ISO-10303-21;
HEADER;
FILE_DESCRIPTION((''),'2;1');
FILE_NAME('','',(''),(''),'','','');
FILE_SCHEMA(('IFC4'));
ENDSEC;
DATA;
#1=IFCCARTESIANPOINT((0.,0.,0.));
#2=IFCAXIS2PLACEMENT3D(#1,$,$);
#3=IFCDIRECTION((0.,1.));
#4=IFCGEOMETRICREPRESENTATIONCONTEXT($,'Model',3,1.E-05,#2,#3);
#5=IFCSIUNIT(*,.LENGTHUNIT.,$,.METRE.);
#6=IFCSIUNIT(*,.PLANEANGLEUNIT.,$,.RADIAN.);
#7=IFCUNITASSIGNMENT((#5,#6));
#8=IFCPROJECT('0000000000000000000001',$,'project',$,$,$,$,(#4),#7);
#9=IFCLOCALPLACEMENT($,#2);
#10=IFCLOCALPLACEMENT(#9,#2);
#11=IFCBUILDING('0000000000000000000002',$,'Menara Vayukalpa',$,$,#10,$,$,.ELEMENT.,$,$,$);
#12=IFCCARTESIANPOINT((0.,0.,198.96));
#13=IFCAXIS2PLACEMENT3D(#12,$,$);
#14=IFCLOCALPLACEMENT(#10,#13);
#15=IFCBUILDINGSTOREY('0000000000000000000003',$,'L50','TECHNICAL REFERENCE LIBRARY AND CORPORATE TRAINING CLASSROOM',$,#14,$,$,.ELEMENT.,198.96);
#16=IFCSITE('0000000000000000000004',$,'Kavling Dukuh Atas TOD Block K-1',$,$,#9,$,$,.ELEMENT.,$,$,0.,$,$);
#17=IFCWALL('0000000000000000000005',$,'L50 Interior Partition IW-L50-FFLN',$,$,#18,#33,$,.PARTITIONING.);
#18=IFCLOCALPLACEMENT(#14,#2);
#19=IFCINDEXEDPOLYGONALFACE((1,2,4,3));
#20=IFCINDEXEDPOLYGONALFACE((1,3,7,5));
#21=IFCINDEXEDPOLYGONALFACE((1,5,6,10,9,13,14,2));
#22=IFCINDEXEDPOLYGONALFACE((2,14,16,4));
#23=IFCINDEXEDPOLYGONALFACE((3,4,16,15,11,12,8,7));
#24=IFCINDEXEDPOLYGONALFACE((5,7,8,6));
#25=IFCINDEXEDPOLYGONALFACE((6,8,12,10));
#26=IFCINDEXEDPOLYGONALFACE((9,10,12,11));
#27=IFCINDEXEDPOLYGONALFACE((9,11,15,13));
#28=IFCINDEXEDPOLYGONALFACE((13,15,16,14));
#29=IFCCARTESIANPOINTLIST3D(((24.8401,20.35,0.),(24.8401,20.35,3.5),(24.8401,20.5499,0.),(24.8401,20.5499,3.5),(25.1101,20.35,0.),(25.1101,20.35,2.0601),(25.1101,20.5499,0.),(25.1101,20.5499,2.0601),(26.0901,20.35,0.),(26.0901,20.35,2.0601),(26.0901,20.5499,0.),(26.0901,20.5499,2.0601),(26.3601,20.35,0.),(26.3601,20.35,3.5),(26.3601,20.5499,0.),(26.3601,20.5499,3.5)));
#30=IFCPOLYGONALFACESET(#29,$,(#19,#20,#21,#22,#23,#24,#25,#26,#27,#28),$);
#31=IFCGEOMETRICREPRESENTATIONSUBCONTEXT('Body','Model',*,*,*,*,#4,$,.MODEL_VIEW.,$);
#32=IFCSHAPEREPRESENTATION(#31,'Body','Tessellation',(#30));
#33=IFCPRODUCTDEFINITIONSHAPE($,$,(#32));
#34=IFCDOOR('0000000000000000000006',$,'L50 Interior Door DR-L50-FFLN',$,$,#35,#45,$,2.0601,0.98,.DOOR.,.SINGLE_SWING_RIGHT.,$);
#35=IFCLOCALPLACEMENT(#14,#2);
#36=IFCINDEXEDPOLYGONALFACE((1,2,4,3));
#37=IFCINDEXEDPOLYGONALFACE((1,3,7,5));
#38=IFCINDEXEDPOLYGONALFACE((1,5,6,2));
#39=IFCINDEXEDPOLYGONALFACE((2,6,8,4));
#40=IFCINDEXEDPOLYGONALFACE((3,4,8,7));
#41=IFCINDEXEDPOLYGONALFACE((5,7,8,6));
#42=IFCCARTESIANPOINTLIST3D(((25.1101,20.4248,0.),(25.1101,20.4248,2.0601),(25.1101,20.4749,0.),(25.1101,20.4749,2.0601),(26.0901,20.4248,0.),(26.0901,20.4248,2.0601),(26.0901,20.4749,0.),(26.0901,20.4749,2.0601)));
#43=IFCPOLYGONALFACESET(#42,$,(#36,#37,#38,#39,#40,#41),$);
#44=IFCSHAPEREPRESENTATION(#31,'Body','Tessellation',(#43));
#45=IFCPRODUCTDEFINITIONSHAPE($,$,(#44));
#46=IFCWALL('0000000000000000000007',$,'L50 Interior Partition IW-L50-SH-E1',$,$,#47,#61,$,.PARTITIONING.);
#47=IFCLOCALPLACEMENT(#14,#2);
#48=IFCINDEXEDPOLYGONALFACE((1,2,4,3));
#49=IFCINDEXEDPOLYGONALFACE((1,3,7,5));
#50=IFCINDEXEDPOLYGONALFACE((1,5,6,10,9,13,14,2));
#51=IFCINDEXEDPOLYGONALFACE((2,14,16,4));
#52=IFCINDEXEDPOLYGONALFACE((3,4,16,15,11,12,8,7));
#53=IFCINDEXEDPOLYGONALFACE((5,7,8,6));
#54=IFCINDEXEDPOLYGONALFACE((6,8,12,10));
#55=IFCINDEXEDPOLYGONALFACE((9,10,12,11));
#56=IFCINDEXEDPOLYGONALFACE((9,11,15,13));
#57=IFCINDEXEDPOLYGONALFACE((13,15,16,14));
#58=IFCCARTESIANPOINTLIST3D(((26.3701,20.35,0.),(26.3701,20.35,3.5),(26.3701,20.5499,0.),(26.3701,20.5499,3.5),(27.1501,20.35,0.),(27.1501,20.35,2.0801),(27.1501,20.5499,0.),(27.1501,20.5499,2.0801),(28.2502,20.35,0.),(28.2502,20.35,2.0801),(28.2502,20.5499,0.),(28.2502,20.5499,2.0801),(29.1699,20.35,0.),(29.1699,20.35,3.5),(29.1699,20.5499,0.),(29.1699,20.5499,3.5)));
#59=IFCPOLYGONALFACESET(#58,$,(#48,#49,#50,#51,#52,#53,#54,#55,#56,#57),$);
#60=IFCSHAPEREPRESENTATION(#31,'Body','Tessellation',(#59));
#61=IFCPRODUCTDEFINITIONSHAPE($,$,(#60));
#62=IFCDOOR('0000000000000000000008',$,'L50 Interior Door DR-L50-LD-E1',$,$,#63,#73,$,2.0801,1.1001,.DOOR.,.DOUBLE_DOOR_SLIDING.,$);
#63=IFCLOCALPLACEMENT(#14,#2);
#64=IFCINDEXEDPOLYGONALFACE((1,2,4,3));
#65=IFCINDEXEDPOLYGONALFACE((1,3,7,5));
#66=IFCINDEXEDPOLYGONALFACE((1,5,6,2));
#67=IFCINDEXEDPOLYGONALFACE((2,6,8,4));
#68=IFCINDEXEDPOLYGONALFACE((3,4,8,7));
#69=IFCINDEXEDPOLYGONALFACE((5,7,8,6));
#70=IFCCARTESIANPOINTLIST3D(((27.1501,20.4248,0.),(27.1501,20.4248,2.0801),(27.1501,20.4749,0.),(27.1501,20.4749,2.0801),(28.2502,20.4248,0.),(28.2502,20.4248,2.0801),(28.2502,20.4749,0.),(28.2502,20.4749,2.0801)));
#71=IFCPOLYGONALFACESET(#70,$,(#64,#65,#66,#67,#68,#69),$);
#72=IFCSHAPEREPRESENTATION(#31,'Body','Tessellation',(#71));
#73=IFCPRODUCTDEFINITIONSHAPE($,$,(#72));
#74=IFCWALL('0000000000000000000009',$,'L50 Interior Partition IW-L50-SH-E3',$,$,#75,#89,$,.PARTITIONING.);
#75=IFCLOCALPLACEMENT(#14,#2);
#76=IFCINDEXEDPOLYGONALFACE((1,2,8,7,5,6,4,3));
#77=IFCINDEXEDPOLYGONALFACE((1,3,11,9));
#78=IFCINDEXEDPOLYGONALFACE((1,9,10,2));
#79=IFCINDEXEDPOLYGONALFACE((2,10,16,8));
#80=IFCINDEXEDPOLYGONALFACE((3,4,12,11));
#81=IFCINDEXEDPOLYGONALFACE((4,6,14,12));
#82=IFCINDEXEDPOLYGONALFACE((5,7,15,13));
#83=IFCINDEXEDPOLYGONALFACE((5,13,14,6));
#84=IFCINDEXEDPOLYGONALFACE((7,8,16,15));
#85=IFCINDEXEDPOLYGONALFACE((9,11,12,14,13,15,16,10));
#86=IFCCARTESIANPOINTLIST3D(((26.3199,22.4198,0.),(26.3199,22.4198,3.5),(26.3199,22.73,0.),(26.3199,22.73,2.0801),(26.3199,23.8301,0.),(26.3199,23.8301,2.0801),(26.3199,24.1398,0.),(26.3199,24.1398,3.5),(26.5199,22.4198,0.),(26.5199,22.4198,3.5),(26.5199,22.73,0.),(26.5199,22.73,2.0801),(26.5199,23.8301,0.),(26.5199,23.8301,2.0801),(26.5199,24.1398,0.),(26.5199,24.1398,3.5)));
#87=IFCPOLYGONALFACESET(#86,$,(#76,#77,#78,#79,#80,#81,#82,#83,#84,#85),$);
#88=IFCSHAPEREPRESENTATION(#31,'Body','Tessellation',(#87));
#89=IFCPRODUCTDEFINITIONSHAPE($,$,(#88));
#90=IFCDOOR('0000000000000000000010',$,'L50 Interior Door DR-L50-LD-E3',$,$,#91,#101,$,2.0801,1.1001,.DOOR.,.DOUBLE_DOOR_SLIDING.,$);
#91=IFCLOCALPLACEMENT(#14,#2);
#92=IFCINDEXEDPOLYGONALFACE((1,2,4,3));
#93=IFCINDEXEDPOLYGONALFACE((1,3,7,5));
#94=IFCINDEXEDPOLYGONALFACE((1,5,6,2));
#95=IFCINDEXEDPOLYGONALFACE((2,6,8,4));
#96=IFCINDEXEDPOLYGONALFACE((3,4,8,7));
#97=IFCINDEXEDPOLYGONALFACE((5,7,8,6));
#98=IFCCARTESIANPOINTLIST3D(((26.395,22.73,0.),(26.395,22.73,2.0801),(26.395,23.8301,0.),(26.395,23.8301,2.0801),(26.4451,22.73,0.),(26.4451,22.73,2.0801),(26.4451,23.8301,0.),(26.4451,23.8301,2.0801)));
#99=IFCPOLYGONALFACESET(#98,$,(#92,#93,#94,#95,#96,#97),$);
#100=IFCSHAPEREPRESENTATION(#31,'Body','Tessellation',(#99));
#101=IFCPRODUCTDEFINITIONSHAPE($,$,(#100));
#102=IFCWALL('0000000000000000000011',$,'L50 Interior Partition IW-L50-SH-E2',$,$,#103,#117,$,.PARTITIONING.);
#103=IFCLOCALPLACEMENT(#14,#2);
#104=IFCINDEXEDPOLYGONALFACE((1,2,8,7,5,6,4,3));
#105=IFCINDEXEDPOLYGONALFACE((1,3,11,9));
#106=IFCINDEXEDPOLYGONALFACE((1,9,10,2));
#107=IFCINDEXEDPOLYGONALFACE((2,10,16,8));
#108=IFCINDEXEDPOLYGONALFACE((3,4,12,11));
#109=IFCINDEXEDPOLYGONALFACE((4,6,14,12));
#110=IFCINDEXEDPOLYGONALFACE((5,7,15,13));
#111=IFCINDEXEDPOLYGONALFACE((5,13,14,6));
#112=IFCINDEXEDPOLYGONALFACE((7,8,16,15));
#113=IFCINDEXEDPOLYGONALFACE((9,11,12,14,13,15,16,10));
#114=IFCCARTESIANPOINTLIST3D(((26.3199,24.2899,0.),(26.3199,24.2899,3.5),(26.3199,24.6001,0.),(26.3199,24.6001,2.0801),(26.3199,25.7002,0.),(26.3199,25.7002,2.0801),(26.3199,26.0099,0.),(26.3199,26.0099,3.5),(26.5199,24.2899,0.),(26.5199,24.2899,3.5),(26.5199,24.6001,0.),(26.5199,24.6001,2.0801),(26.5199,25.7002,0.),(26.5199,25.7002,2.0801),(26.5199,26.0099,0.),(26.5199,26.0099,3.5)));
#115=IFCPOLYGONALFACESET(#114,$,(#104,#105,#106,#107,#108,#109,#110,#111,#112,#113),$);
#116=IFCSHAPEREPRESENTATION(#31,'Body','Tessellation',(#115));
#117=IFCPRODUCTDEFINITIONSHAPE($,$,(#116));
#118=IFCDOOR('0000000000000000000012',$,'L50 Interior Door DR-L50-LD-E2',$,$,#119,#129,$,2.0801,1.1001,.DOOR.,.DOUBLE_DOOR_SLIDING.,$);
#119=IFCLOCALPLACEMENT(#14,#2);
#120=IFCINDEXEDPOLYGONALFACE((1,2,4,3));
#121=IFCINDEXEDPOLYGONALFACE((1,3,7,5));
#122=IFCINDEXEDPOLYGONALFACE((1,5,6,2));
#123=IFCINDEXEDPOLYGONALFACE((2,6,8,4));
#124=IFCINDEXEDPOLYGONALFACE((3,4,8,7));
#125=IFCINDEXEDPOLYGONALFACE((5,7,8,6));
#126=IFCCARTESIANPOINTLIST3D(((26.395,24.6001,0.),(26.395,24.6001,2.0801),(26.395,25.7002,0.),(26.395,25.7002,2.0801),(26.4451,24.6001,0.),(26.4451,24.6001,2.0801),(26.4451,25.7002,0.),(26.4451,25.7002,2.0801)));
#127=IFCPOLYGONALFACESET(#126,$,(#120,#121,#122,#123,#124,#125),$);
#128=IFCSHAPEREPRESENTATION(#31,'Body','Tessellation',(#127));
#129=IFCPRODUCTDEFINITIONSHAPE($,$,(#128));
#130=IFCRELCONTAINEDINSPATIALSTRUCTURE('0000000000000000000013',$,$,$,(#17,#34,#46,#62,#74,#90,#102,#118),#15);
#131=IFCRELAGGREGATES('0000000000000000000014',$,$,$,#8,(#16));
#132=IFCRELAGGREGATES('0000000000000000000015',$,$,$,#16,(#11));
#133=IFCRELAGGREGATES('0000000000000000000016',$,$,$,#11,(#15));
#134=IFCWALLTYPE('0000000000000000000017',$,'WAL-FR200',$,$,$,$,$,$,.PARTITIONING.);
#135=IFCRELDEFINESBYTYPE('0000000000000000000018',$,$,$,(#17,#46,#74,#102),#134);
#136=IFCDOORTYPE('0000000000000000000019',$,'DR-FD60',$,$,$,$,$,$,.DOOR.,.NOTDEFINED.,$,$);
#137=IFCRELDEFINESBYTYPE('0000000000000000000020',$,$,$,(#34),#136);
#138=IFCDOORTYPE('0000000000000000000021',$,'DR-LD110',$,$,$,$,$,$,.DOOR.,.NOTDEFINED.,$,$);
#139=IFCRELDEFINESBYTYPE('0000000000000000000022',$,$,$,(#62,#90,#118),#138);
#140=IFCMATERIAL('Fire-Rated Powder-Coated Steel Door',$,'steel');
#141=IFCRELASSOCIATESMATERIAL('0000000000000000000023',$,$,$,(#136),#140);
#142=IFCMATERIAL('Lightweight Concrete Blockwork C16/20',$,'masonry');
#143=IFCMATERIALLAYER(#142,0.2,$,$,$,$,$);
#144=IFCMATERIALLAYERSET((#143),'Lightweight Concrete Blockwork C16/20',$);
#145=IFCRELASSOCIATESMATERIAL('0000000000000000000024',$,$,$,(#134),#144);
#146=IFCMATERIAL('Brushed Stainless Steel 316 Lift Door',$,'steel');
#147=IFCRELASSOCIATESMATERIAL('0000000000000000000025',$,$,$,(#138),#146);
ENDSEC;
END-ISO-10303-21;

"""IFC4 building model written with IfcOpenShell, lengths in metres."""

from ifc_helpers import new_model, si_unit, direction, frame, frame_2d, origin, place, context, subcontext, project, spatial, rectangle, extrude, material, layer, layer_set, type_object, element, fill, save


model = new_model("IFC4")

# Units and contexts
model_context = context("Model", 3, precision=1e-05, world=origin(), true_north=direction((0.0, 1.0)))
body_context = subcontext(model_context, "Body", "Model", "MODEL_VIEW")
ifc_project = project(units=[si_unit("LENGTHUNIT", "METRE"), si_unit("PLANEANGLEUNIT", "RADIAN")], contexts=[model_context])

# Site, building, storey
site_placement = place(None, origin())
site = spatial("IfcSite", under=ifc_project, at=site_placement, Name="Kavling Dukuh Atas TOD Block K-1", CompositionType="ELEMENT", RefElevation=0.0)
building_placement = place(site_placement, origin())
building = spatial("IfcBuilding", under=site, at=building_placement, Name="Menara Vayukalpa", CompositionType="ELEMENT")
storey_placement = place(building_placement, frame((0.0, 0.0, 198.96)))
storey = spatial("IfcBuildingStorey", under=building, at=storey_placement, Name="L50", Description="TECHNICAL REFERENCE LIBRARY AND CORPORATE TRAINING CLASSROOM", CompositionType="ELEMENT", Elevation=198.96)

# Walls, openings, doors
ifc_material_1 = material(Name="Fire-Rated Powder-Coated Steel Door", Category="steel")
door_type_1 = type_object("IfcDoorType", Name="DR-FD60", OperationType="NOTDEFINED", PredefinedType="DOOR", material=ifc_material_1)
ifc_material_2 = material(Name="Lightweight Concrete Blockwork C16/20", Category="masonry")
ifc_layer_1 = layer(ifc_material_2, 0.2)
ifc_layer_set_1 = layer_set([ifc_layer_1], Name="Lightweight Concrete Blockwork C16/20")
wall_type_1 = type_object("IfcWallType", Name="WAL-FR200", PredefinedType="PARTITIONING", material=ifc_layer_set_1)
wall_1_placement = place(storey_placement, frame((24.8401, 20.45, 0.0), z_axis=(0.0, 0.0, 1.0), x_axis=(1.0, 0.0, 0.0)))
wall_1 = element("IfcWall", 1, at=wall_1_placement, inside=storey, type_object=wall_type_1, Name="L50 Interior Partition IW-L50-FFLN", PredefinedType="PARTITIONING", context=body_context, shape_type="SweptSolid", body=[
    extrude(rectangle(XDim=1.52, YDim=0.2, at=frame_2d((0.76, 0.0))), origin(), (0.0, 0.0, 1.0), 3.5),
])
opening_1_placement = place(wall_1_placement, frame((0.27, 0.0, 0.0)))
opening_1 = element("IfcOpeningElement", 2, at=opening_1_placement, cuts=wall_1, PredefinedType="OPENING", context=body_context, shape_type="SweptSolid", body=[
    extrude(rectangle(XDim=0.98, YDim=2.0601, at=frame_2d((0.49, 1.03))), frame((0.0, 0.1099, 0.0), z_axis=(0.0, -1.0, 0.0), x_axis=(1.0, 0.0, 0.0)), (0.0, 0.0, 1.0), 0.22),
])
door_1_placement = place(opening_1_placement, origin())
door_1 = element("IfcDoor", 3, at=door_1_placement, inside=storey, type_object=door_type_1, Name="L50 Interior Door DR-L50-FFLN", OperationType="SINGLE_SWING_RIGHT", OverallHeight=2.0601, OverallWidth=0.98, PredefinedType="DOOR", context=body_context, shape_type="SweptSolid", body=[
    extrude(rectangle(XDim=0.98, YDim=2.0601, at=frame_2d((0.49, 1.03))), frame((0.0, 0.0249, 0.0), z_axis=(0.0, -1.0, 0.0), x_axis=(1.0, 0.0, 0.0)), (0.0, 0.0, 1.0), 0.05),
])
fill(opening_1, door_1)
wall_2_placement = place(storey_placement, frame((26.3701, 20.45, 0.0), z_axis=(0.0, 0.0, 1.0), x_axis=(1.0, 0.0, 0.0)))
wall_2 = element("IfcWall", 4, at=wall_2_placement, inside=storey, type_object=wall_type_1, Name="L50 Interior Partition IW-L50-SH-E1", PredefinedType="PARTITIONING", context=body_context, shape_type="SweptSolid", body=[
    extrude(rectangle(XDim=2.7998, YDim=0.2, at=frame_2d((1.3999, 0.0))), origin(), (0.0, 0.0, 1.0), 3.5),
])
opening_2_placement = place(wall_2_placement, frame((0.78, 0.0, 0.0)))
opening_2 = element("IfcOpeningElement", 5, at=opening_2_placement, cuts=wall_2, PredefinedType="OPENING", context=body_context, shape_type="SweptSolid", body=[
    extrude(rectangle(XDim=1.1001, YDim=2.0801, at=frame_2d((0.55, 1.04))), frame((0.0, 0.1099, 0.0), z_axis=(0.0, -1.0, 0.0), x_axis=(1.0, 0.0, 0.0)), (0.0, 0.0, 1.0), 0.22),
])
ifc_material_3 = material(Name="Brushed Stainless Steel 316 Lift Door", Category="steel")
door_type_2 = type_object("IfcDoorType", Name="DR-LD110", OperationType="NOTDEFINED", PredefinedType="DOOR", material=ifc_material_3)
door_2_placement = place(opening_2_placement, origin())
door_2 = element("IfcDoor", 6, at=door_2_placement, inside=storey, type_object=door_type_2, Name="L50 Interior Door DR-L50-LD-E1", OperationType="DOUBLE_DOOR_SLIDING", OverallHeight=2.0801, OverallWidth=1.1001, PredefinedType="DOOR", context=body_context, shape_type="SweptSolid", body=[
    extrude(rectangle(XDim=1.1001, YDim=2.0801, at=frame_2d((0.55, 1.04))), frame((0.0, 0.0249, 0.0), z_axis=(0.0, -1.0, 0.0), x_axis=(1.0, 0.0, 0.0)), (0.0, 0.0, 1.0), 0.05),
])
fill(opening_2, door_2)
wall_3_placement = place(storey_placement, frame((26.4199, 22.4199, 0.0), z_axis=(0.0, 0.0, 1.0), x_axis=(0.0, 1.0, 0.0)))
wall_3 = element("IfcWall", 7, at=wall_3_placement, inside=storey, type_object=wall_type_1, Name="L50 Interior Partition IW-L50-SH-E3", PredefinedType="PARTITIONING", context=body_context, shape_type="SweptSolid", body=[
    extrude(rectangle(XDim=1.72, YDim=0.2, at=frame_2d((0.8599, 0.0))), origin(), (0.0, 0.0, 1.0), 3.5),
])
opening_3_placement = place(wall_3_placement, frame((0.3101, 0.0, 0.0)))
opening_3 = element("IfcOpeningElement", 8, at=opening_3_placement, cuts=wall_3, PredefinedType="OPENING", context=body_context, shape_type="SweptSolid", body=[
    extrude(rectangle(XDim=1.1001, YDim=2.0801, at=frame_2d((0.55, 1.04))), frame((0.0, 0.1099, 0.0), z_axis=(0.0, -1.0, 0.0), x_axis=(1.0, 0.0, 0.0)), (0.0, 0.0, 1.0), 0.22),
])
door_3_placement = place(opening_3_placement, origin())
door_3 = element("IfcDoor", 9, at=door_3_placement, inside=storey, type_object=door_type_2, Name="L50 Interior Door DR-L50-LD-E3", OperationType="DOUBLE_DOOR_SLIDING", OverallHeight=2.0801, OverallWidth=1.1001, PredefinedType="DOOR", context=body_context, shape_type="SweptSolid", body=[
    extrude(rectangle(XDim=1.1001, YDim=2.0801, at=frame_2d((0.55, 1.04))), frame((0.0, 0.0249, 0.0), z_axis=(0.0, -1.0, 0.0), x_axis=(1.0, 0.0, 0.0)), (0.0, 0.0, 1.0), 0.05),
])
fill(opening_3, door_3)
wall_4_placement = place(storey_placement, frame((26.4199, 24.29, 0.0), z_axis=(0.0, 0.0, 1.0), x_axis=(0.0, 1.0, 0.0)))
wall_4 = element("IfcWall", 10, at=wall_4_placement, inside=storey, type_object=wall_type_1, Name="L50 Interior Partition IW-L50-SH-E2", PredefinedType="PARTITIONING", context=body_context, shape_type="SweptSolid", body=[
    extrude(rectangle(XDim=1.72, YDim=0.2, at=frame_2d((0.8599, 0.0))), origin(), (0.0, 0.0, 1.0), 3.5),
])
opening_4_placement = place(wall_4_placement, frame((0.3101, 0.0, 0.0)))
opening_4 = element("IfcOpeningElement", 11, at=opening_4_placement, cuts=wall_4, PredefinedType="OPENING", context=body_context, shape_type="SweptSolid", body=[
    extrude(rectangle(XDim=1.1001, YDim=2.0801, at=frame_2d((0.55, 1.04))), frame((0.0, 0.1099, 0.0), z_axis=(0.0, -1.0, 0.0), x_axis=(1.0, 0.0, 0.0)), (0.0, 0.0, 1.0), 0.22),
])
door_4_placement = place(opening_4_placement, origin())
door_4 = element("IfcDoor", 12, at=door_4_placement, inside=storey, type_object=door_type_2, Name="L50 Interior Door DR-L50-LD-E2", OperationType="DOUBLE_DOOR_SLIDING", OverallHeight=2.0801, OverallWidth=1.1001, PredefinedType="DOOR", context=body_context, shape_type="SweptSolid", body=[
    extrude(rectangle(XDim=1.1001, YDim=2.0801, at=frame_2d((0.55, 1.04))), frame((0.0, 0.0249, 0.0), z_axis=(0.0, -1.0, 0.0), x_axis=(1.0, 0.0, 0.0)), (0.0, 0.0, 1.0), 0.05),
])
fill(opening_4, door_4)

save(model, "model.ifc")
